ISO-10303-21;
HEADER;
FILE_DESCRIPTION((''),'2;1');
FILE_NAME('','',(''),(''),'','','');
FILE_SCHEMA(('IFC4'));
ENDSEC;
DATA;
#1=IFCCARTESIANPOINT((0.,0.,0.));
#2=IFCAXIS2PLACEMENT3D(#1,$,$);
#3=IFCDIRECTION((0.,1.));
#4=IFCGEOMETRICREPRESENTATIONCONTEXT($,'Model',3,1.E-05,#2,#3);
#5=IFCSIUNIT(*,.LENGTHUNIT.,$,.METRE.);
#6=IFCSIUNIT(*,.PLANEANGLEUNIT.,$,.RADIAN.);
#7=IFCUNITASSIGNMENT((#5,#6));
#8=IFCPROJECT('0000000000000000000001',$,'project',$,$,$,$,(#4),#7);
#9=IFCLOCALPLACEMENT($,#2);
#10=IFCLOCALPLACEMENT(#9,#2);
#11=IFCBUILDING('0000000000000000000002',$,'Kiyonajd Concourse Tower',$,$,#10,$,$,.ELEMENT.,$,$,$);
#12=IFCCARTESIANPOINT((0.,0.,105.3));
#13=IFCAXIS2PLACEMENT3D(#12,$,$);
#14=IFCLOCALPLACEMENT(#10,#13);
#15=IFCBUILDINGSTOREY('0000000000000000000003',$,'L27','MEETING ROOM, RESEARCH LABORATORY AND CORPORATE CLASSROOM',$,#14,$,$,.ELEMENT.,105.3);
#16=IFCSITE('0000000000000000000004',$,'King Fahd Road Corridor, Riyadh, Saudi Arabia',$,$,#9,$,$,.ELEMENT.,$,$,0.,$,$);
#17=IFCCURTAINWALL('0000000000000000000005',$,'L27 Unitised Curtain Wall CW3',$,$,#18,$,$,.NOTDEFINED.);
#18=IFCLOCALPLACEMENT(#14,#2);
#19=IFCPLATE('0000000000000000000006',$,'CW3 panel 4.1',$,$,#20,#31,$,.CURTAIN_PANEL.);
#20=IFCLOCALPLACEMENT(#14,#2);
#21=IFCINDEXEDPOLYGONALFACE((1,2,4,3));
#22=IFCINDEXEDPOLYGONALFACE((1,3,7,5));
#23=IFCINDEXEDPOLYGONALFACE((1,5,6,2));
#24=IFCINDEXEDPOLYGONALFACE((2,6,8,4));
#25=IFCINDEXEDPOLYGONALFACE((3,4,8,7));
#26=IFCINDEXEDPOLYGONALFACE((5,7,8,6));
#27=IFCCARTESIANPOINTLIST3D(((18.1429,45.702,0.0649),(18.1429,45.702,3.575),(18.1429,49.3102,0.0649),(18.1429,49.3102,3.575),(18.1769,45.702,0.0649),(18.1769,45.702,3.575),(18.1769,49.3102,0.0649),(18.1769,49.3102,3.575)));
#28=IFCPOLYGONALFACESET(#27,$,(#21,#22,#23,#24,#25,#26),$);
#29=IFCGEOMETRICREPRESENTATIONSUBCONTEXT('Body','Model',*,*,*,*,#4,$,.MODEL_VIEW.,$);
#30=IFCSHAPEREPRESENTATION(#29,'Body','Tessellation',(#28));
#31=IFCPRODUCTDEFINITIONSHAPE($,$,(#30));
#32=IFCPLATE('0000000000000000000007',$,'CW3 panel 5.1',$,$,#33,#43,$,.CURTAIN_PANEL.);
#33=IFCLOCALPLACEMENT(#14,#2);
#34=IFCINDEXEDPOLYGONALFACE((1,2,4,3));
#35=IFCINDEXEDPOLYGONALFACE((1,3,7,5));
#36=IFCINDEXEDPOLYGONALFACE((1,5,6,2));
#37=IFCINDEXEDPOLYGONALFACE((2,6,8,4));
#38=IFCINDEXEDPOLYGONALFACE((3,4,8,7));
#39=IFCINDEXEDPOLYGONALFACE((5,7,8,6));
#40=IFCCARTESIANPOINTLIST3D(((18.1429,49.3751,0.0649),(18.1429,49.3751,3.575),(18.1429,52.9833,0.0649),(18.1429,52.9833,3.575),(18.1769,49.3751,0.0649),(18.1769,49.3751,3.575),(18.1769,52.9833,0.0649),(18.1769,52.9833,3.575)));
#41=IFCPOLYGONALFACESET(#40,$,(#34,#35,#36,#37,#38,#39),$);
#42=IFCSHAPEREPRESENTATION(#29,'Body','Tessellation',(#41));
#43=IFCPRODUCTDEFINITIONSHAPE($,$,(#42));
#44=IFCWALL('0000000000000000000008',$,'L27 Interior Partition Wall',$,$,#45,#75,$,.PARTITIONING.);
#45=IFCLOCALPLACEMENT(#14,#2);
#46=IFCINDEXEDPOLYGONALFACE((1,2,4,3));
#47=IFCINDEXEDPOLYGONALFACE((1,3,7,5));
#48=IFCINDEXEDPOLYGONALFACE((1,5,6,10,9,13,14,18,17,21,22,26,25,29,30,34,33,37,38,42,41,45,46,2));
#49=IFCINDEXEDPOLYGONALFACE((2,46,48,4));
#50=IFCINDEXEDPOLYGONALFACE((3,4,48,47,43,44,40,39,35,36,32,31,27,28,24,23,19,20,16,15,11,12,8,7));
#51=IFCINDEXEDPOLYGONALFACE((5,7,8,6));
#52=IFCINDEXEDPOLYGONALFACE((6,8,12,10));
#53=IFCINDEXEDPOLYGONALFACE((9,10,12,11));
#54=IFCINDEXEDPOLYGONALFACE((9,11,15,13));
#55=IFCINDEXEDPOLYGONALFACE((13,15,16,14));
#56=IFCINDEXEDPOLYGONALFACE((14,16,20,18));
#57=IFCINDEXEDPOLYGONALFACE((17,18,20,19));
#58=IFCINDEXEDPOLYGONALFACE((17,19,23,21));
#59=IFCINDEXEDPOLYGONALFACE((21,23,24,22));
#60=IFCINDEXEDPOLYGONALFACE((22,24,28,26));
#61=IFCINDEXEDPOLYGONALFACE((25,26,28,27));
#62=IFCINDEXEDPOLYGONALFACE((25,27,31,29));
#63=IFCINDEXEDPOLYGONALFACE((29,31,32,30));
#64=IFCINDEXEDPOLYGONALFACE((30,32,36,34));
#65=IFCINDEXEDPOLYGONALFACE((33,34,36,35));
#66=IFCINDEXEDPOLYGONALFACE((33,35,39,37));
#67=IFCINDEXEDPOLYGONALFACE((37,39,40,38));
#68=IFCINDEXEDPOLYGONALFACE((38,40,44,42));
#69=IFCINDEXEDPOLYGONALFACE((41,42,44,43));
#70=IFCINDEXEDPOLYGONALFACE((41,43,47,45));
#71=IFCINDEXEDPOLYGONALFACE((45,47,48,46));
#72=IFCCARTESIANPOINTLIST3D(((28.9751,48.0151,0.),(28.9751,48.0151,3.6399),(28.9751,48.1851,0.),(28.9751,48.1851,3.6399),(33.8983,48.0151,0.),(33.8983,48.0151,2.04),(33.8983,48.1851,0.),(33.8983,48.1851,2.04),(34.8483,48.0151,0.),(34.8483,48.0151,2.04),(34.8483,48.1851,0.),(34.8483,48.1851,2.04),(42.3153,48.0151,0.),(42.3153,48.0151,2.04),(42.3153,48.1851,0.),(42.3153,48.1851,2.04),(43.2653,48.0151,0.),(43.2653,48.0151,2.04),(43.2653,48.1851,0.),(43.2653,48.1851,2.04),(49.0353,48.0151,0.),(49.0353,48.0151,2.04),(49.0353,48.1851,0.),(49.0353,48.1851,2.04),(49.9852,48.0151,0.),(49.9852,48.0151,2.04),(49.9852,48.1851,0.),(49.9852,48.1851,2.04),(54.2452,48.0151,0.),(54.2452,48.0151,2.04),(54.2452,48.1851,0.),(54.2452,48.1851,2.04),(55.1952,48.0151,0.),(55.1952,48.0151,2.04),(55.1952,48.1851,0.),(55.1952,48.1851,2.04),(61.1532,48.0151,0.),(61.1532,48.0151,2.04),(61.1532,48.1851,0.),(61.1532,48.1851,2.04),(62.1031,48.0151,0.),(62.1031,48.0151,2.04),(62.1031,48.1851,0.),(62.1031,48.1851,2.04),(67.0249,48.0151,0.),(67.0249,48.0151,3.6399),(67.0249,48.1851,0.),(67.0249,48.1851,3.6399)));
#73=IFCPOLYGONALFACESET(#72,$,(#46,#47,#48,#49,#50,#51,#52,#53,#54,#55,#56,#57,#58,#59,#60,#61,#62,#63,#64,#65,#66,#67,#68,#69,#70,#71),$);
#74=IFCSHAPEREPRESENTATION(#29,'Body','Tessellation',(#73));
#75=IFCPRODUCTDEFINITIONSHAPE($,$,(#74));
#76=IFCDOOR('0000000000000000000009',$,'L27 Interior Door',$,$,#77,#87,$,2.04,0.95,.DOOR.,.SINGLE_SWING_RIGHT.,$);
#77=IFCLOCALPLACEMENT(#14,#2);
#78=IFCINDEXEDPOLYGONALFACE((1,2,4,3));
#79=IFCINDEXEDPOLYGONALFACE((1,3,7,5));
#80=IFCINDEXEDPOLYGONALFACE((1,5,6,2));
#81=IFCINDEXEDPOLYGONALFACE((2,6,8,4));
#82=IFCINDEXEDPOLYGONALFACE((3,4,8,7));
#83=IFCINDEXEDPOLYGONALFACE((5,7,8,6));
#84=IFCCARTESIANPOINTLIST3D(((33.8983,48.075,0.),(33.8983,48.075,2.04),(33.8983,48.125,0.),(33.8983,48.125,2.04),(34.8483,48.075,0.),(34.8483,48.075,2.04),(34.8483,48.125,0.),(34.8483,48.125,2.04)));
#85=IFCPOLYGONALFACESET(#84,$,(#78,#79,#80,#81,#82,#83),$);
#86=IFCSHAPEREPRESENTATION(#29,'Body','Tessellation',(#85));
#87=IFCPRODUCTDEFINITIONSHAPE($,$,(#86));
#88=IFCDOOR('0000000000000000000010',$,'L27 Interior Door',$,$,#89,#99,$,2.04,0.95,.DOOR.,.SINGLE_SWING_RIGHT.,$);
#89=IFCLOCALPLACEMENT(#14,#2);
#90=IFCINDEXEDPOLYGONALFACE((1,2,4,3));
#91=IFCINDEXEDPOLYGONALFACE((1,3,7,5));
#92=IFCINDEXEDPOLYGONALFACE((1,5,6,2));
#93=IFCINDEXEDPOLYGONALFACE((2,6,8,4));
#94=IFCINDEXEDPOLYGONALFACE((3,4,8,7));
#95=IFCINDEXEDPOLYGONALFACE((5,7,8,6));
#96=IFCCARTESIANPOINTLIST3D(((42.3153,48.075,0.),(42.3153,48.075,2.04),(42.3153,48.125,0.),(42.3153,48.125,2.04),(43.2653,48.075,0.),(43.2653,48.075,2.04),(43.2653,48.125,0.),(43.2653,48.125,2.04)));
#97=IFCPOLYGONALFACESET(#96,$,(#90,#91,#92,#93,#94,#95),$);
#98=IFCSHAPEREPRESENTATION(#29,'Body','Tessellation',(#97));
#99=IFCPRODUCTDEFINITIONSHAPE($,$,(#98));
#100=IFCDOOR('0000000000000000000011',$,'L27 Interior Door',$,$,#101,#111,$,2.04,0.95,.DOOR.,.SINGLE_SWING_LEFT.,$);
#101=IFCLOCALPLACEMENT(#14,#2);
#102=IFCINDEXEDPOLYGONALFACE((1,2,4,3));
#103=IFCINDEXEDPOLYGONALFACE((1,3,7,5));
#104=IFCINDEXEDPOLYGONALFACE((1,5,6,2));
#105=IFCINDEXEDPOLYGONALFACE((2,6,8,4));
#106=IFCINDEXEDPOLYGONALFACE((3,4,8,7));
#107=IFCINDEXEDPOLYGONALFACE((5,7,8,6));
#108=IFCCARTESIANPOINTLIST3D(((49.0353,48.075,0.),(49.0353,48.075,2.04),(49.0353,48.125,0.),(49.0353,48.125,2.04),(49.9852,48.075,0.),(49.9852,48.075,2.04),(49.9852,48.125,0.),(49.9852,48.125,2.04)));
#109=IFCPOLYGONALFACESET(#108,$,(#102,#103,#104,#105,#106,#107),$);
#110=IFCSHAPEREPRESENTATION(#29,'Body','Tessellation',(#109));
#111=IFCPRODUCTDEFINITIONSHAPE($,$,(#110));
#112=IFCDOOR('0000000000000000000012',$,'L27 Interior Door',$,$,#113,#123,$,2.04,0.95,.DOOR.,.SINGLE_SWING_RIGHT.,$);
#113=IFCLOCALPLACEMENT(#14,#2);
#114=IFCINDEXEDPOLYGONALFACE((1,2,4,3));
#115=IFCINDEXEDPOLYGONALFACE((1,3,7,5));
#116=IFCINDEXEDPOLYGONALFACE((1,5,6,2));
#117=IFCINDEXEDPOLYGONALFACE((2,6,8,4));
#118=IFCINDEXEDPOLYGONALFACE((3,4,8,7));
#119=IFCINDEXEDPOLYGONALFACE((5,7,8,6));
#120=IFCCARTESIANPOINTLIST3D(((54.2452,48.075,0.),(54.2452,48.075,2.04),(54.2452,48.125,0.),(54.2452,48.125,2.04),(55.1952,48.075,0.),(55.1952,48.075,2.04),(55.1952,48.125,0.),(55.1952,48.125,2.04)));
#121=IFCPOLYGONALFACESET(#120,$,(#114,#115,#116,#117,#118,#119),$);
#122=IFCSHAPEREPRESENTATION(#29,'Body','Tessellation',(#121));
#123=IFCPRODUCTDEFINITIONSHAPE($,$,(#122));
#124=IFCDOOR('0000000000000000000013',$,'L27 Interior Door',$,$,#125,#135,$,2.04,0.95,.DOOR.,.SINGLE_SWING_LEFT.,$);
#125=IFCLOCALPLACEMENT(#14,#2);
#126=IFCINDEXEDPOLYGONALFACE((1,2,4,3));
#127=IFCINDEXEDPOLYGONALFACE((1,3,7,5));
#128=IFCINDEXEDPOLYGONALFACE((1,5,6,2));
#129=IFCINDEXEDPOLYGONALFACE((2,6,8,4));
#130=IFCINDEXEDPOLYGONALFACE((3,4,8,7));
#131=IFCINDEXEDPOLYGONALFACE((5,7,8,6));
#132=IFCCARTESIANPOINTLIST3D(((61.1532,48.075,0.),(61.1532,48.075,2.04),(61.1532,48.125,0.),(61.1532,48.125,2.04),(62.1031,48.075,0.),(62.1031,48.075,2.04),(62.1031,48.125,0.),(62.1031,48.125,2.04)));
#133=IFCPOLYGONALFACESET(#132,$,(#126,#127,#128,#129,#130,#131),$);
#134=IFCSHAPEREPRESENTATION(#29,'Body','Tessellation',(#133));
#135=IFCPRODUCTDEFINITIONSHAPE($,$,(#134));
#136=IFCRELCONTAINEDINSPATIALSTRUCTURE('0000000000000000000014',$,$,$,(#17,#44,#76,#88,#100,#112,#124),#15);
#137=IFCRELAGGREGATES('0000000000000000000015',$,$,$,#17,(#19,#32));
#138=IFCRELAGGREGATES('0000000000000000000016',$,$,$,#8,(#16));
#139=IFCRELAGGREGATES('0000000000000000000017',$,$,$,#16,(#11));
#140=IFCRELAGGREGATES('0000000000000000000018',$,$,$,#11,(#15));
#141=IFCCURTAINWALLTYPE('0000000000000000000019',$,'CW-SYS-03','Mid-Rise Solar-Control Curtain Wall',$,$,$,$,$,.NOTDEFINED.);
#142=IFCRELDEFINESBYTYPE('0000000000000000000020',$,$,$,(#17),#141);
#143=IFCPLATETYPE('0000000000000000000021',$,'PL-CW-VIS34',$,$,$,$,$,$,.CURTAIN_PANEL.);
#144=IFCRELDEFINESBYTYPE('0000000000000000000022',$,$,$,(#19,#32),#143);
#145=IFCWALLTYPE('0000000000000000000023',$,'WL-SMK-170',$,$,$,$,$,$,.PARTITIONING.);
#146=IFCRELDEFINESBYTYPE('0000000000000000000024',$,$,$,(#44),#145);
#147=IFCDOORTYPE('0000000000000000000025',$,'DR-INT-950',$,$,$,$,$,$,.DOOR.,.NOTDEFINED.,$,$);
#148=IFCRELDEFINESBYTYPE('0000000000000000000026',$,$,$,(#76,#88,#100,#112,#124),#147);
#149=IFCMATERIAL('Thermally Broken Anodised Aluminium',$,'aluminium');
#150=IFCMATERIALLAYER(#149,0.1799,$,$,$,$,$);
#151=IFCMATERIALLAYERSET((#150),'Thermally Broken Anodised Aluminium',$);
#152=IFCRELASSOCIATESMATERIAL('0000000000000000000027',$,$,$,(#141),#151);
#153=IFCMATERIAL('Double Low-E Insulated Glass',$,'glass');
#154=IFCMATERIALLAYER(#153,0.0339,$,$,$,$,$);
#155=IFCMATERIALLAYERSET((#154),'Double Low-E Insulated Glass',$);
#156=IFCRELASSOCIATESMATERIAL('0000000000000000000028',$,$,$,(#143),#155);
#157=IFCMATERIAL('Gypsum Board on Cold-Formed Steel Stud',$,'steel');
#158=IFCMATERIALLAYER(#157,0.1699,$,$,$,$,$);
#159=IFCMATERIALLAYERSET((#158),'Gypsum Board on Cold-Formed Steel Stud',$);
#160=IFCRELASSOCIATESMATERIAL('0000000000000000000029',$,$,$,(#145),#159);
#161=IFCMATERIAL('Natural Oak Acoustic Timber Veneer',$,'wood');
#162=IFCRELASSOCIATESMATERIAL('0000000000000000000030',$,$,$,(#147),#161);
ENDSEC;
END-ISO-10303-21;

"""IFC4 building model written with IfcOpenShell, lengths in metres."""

from ifc_helpers import new_model, si_unit, direction, frame, frame_2d, origin, origin_2d, place, context, subcontext, project, spatial, rectangle, extrude, material, layer, layer_set, type_object, element, fill, aggregate, save


model = new_model("IFC4")

# Units and contexts
model_context = context("Model", 3, precision=1e-05, world=origin(), true_north=direction((0.0, 1.0)))
body_context = subcontext(model_context, "Body", "Model", "MODEL_VIEW")
ifc_project = project(units=[si_unit("LENGTHUNIT", "METRE"), si_unit("PLANEANGLEUNIT", "RADIAN")], contexts=[model_context])

# Site, building, storey
site_placement = place(None, origin())
site = spatial("IfcSite", under=ifc_project, at=site_placement, Name="King Fahd Road Corridor, Riyadh, Saudi Arabia", CompositionType="ELEMENT", RefElevation=0.0)
building_placement = place(site_placement, origin())
building = spatial("IfcBuilding", under=site, at=building_placement, Name="Kiyonajd Concourse Tower", CompositionType="ELEMENT")
storey_placement = place(building_placement, frame((0.0, 0.0, 105.3)))
storey = spatial("IfcBuildingStorey", under=building, at=storey_placement, Name="L27", Description="MEETING ROOM, RESEARCH LABORATORY AND CORPORATE CLASSROOM", CompositionType="ELEMENT", Elevation=105.3)

# Curtain wall, plates
ifc_material_1 = material(Name="Thermally Broken Anodised Aluminium", Category="aluminium")
ifc_layer_1 = layer(ifc_material_1, 0.1799)
ifc_layer_set_1 = layer_set([ifc_layer_1], Name="Thermally Broken Anodised Aluminium")
curtain_wall_type = type_object("IfcCurtainWallType", Name="CW-SYS-03", Description="Mid-Rise Solar-Control Curtain Wall", PredefinedType="NOTDEFINED", material=ifc_layer_set_1)
curtain_wall_placement = place(storey_placement, origin())
curtain_wall = element("IfcCurtainWall", 1, at=curtain_wall_placement, inside=storey, type_object=curtain_wall_type, Name="L27 Unitised Curtain Wall CW3", PredefinedType="NOTDEFINED")
ifc_material_2 = material(Name="Double Low-E Insulated Glass", Category="glass")
ifc_layer_2 = layer(ifc_material_2, 0.0339)
ifc_layer_set_2 = layer_set([ifc_layer_2], Name="Double Low-E Insulated Glass")
plate_type = type_object("IfcPlateType", Name="PL-CW-VIS34", PredefinedType="CURTAIN_PANEL", material=ifc_layer_set_2)
plate_1_placement = place(storey_placement, frame((18.1599, 47.5061, 0.0649), z_axis=(0.0, 0.0, 1.0), x_axis=(0.0, 1.0, 0.0)))
plate_1 = element("IfcPlate", 2, at=plate_1_placement, type_object=plate_type, Name="CW3 panel 4.1", PredefinedType="CURTAIN_PANEL", context=body_context, shape_type="SweptSolid", body=[
    extrude(rectangle(XDim=3.6082, YDim=0.0339, at=origin_2d()), origin(), (0.0, 0.0, 1.0), 3.51),
])
plate_2_placement = place(storey_placement, frame((18.1599, 51.1792, 0.0649), z_axis=(0.0, 0.0, 1.0), x_axis=(0.0, 1.0, 0.0)))
plate_2 = element("IfcPlate", 3, at=plate_2_placement, type_object=plate_type, Name="CW3 panel 5.1", PredefinedType="CURTAIN_PANEL", context=body_context, shape_type="SweptSolid", body=[
    extrude(rectangle(XDim=3.6082, YDim=0.0339, at=origin_2d()), origin(), (0.0, 0.0, 1.0), 3.51),
])
aggregate(curtain_wall, [plate_1, plate_2])

# Wall, openings, doors
ifc_material_3 = material(Name="Gypsum Board on Cold-Formed Steel Stud", Category="steel")
ifc_layer_3 = layer(ifc_material_3, 0.1699)
ifc_layer_set_3 = layer_set([ifc_layer_3], Name="Gypsum Board on Cold-Formed Steel Stud")
wall_type = type_object("IfcWallType", Name="WL-SMK-170", PredefinedType="PARTITIONING", material=ifc_layer_set_3)
wall_placement = place(storey_placement, frame((28.9751, 48.1001, 0.0), z_axis=(0.0, 0.0, 1.0), x_axis=(1.0, 0.0, 0.0)))
wall = element("IfcWall", 4, at=wall_placement, inside=storey, type_object=wall_type, Name="L27 Interior Partition Wall", PredefinedType="PARTITIONING", context=body_context, shape_type="SweptSolid", body=[
    extrude(rectangle(XDim=38.0498, YDim=0.1699, at=frame_2d((19.0249, 0.0))), origin(), (0.0, 0.0, 1.0), 3.6399),
])
opening_1_placement = place(wall_placement, frame((4.9231, 0.0, 0.0)))
opening_1 = element("IfcOpeningElement", 5, at=opening_1_placement, cuts=wall, PredefinedType="OPENING", context=body_context, shape_type="SweptSolid", body=[
    extrude(rectangle(XDim=0.95, YDim=2.04, at=frame_2d((0.4751, 1.02))), frame((0.0, 0.095, 0.0), z_axis=(0.0, -1.0, 0.0), x_axis=(1.0, 0.0, 0.0)), (0.0, 0.0, 1.0), 0.1899),
])
opening_2_placement = place(wall_placement, frame((13.3401, 0.0, 0.0)))
opening_2 = element("IfcOpeningElement", 6, at=opening_2_placement, cuts=wall, PredefinedType="OPENING", context=body_context, shape_type="SweptSolid", body=[
    extrude(rectangle(XDim=0.95, YDim=2.04, at=frame_2d((0.4751, 1.02))), frame((0.0, 0.095, 0.0), z_axis=(0.0, -1.0, 0.0), x_axis=(1.0, 0.0, 0.0)), (0.0, 0.0, 1.0), 0.1899),
])
opening_3_placement = place(wall_placement, frame((20.0601, 0.0, 0.0)))
opening_3 = element("IfcOpeningElement", 7, at=opening_3_placement, cuts=wall, PredefinedType="OPENING", context=body_context, shape_type="SweptSolid", body=[
    extrude(rectangle(XDim=0.95, YDim=2.04, at=frame_2d((0.4751, 1.02))), frame((0.0, 0.095, 0.0), z_axis=(0.0, -1.0, 0.0), x_axis=(1.0, 0.0, 0.0)), (0.0, 0.0, 1.0), 0.1899),
])
opening_4_placement = place(wall_placement, frame((25.27, 0.0, 0.0)))
opening_4 = element("IfcOpeningElement", 8, at=opening_4_placement, cuts=wall, PredefinedType="OPENING", context=body_context, shape_type="SweptSolid", body=[
    extrude(rectangle(XDim=0.95, YDim=2.04, at=frame_2d((0.4751, 1.02))), frame((0.0, 0.095, 0.0), z_axis=(0.0, -1.0, 0.0), x_axis=(1.0, 0.0, 0.0)), (0.0, 0.0, 1.0), 0.1899),
])
opening_5_placement = place(wall_placement, frame((32.178, 0.0, 0.0)))
opening_5 = element("IfcOpeningElement", 9, at=opening_5_placement, cuts=wall, PredefinedType="OPENING", context=body_context, shape_type="SweptSolid", body=[
    extrude(rectangle(XDim=0.95, YDim=2.04, at=frame_2d((0.4751, 1.02))), frame((0.0, 0.095, 0.0), z_axis=(0.0, -1.0, 0.0), x_axis=(1.0, 0.0, 0.0)), (0.0, 0.0, 1.0), 0.1899),
])
ifc_material_4 = material(Name="Natural Oak Acoustic Timber Veneer", Category="wood")
door_type = type_object("IfcDoorType", Name="DR-INT-950", OperationType="NOTDEFINED", PredefinedType="DOOR", material=ifc_material_4)
door_1_placement = place(opening_1_placement, origin())
door_1 = element("IfcDoor", 10, at=door_1_placement, inside=storey, type_object=door_type, Name="L27 Interior Door", OperationType="SINGLE_SWING_RIGHT", OverallHeight=2.04, OverallWidth=0.95, PredefinedType="DOOR", context=body_context, shape_type="SweptSolid", body=[
    extrude(rectangle(XDim=0.95, YDim=2.04, at=frame_2d((0.4751, 1.02))), frame((0.0, 0.0249, 0.0), z_axis=(0.0, -1.0, 0.0), x_axis=(1.0, 0.0, 0.0)), (0.0, 0.0, 1.0), 0.05),
])
fill(opening_1, door_1)
door_2_placement = place(opening_2_placement, origin())
door_2 = element("IfcDoor", 11, at=door_2_placement, inside=storey, type_object=door_type, Name="L27 Interior Door", OperationType="SINGLE_SWING_RIGHT", OverallHeight=2.04, OverallWidth=0.95, PredefinedType="DOOR", context=body_context, shape_type="SweptSolid", body=[
    extrude(rectangle(XDim=0.95, YDim=2.04, at=frame_2d((0.4751, 1.02))), frame((0.0, 0.0249, 0.0), z_axis=(0.0, -1.0, 0.0), x_axis=(1.0, 0.0, 0.0)), (0.0, 0.0, 1.0), 0.05),
])
fill(opening_2, door_2)
door_3_placement = place(opening_3_placement, origin())
door_3 = element("IfcDoor", 12, at=door_3_placement, inside=storey, type_object=door_type, Name="L27 Interior Door", OperationType="SINGLE_SWING_LEFT", OverallHeight=2.04, OverallWidth=0.95, PredefinedType="DOOR", context=body_context, shape_type="SweptSolid", body=[
    extrude(rectangle(XDim=0.95, YDim=2.04, at=frame_2d((0.4751, 1.02))), frame((0.0, 0.0249, 0.0), z_axis=(0.0, -1.0, 0.0), x_axis=(1.0, 0.0, 0.0)), (0.0, 0.0, 1.0), 0.05),
])
fill(opening_3, door_3)
door_4_placement = place(opening_4_placement, origin())
door_4 = element("IfcDoor", 13, at=door_4_placement, inside=storey, type_object=door_type, Name="L27 Interior Door", OperationType="SINGLE_SWING_RIGHT", OverallHeight=2.04, OverallWidth=0.95, PredefinedType="DOOR", context=body_context, shape_type="SweptSolid", body=[
    extrude(rectangle(XDim=0.95, YDim=2.04, at=frame_2d((0.4751, 1.02))), frame((0.0, 0.0249, 0.0), z_axis=(0.0, -1.0, 0.0), x_axis=(1.0, 0.0, 0.0)), (0.0, 0.0, 1.0), 0.05),
])
fill(opening_4, door_4)
door_5_placement = place(opening_5_placement, origin())
door_5 = element("IfcDoor", 14, at=door_5_placement, inside=storey, type_object=door_type, Name="L27 Interior Door", OperationType="SINGLE_SWING_LEFT", OverallHeight=2.04, OverallWidth=0.95, PredefinedType="DOOR", context=body_context, shape_type="SweptSolid", body=[
    extrude(rectangle(XDim=0.95, YDim=2.04, at=frame_2d((0.4751, 1.02))), frame((0.0, 0.0249, 0.0), z_axis=(0.0, -1.0, 0.0), x_axis=(1.0, 0.0, 0.0)), (0.0, 0.0, 1.0), 0.05),
])
fill(opening_5, door_5)

save(model, "model.ifc")
